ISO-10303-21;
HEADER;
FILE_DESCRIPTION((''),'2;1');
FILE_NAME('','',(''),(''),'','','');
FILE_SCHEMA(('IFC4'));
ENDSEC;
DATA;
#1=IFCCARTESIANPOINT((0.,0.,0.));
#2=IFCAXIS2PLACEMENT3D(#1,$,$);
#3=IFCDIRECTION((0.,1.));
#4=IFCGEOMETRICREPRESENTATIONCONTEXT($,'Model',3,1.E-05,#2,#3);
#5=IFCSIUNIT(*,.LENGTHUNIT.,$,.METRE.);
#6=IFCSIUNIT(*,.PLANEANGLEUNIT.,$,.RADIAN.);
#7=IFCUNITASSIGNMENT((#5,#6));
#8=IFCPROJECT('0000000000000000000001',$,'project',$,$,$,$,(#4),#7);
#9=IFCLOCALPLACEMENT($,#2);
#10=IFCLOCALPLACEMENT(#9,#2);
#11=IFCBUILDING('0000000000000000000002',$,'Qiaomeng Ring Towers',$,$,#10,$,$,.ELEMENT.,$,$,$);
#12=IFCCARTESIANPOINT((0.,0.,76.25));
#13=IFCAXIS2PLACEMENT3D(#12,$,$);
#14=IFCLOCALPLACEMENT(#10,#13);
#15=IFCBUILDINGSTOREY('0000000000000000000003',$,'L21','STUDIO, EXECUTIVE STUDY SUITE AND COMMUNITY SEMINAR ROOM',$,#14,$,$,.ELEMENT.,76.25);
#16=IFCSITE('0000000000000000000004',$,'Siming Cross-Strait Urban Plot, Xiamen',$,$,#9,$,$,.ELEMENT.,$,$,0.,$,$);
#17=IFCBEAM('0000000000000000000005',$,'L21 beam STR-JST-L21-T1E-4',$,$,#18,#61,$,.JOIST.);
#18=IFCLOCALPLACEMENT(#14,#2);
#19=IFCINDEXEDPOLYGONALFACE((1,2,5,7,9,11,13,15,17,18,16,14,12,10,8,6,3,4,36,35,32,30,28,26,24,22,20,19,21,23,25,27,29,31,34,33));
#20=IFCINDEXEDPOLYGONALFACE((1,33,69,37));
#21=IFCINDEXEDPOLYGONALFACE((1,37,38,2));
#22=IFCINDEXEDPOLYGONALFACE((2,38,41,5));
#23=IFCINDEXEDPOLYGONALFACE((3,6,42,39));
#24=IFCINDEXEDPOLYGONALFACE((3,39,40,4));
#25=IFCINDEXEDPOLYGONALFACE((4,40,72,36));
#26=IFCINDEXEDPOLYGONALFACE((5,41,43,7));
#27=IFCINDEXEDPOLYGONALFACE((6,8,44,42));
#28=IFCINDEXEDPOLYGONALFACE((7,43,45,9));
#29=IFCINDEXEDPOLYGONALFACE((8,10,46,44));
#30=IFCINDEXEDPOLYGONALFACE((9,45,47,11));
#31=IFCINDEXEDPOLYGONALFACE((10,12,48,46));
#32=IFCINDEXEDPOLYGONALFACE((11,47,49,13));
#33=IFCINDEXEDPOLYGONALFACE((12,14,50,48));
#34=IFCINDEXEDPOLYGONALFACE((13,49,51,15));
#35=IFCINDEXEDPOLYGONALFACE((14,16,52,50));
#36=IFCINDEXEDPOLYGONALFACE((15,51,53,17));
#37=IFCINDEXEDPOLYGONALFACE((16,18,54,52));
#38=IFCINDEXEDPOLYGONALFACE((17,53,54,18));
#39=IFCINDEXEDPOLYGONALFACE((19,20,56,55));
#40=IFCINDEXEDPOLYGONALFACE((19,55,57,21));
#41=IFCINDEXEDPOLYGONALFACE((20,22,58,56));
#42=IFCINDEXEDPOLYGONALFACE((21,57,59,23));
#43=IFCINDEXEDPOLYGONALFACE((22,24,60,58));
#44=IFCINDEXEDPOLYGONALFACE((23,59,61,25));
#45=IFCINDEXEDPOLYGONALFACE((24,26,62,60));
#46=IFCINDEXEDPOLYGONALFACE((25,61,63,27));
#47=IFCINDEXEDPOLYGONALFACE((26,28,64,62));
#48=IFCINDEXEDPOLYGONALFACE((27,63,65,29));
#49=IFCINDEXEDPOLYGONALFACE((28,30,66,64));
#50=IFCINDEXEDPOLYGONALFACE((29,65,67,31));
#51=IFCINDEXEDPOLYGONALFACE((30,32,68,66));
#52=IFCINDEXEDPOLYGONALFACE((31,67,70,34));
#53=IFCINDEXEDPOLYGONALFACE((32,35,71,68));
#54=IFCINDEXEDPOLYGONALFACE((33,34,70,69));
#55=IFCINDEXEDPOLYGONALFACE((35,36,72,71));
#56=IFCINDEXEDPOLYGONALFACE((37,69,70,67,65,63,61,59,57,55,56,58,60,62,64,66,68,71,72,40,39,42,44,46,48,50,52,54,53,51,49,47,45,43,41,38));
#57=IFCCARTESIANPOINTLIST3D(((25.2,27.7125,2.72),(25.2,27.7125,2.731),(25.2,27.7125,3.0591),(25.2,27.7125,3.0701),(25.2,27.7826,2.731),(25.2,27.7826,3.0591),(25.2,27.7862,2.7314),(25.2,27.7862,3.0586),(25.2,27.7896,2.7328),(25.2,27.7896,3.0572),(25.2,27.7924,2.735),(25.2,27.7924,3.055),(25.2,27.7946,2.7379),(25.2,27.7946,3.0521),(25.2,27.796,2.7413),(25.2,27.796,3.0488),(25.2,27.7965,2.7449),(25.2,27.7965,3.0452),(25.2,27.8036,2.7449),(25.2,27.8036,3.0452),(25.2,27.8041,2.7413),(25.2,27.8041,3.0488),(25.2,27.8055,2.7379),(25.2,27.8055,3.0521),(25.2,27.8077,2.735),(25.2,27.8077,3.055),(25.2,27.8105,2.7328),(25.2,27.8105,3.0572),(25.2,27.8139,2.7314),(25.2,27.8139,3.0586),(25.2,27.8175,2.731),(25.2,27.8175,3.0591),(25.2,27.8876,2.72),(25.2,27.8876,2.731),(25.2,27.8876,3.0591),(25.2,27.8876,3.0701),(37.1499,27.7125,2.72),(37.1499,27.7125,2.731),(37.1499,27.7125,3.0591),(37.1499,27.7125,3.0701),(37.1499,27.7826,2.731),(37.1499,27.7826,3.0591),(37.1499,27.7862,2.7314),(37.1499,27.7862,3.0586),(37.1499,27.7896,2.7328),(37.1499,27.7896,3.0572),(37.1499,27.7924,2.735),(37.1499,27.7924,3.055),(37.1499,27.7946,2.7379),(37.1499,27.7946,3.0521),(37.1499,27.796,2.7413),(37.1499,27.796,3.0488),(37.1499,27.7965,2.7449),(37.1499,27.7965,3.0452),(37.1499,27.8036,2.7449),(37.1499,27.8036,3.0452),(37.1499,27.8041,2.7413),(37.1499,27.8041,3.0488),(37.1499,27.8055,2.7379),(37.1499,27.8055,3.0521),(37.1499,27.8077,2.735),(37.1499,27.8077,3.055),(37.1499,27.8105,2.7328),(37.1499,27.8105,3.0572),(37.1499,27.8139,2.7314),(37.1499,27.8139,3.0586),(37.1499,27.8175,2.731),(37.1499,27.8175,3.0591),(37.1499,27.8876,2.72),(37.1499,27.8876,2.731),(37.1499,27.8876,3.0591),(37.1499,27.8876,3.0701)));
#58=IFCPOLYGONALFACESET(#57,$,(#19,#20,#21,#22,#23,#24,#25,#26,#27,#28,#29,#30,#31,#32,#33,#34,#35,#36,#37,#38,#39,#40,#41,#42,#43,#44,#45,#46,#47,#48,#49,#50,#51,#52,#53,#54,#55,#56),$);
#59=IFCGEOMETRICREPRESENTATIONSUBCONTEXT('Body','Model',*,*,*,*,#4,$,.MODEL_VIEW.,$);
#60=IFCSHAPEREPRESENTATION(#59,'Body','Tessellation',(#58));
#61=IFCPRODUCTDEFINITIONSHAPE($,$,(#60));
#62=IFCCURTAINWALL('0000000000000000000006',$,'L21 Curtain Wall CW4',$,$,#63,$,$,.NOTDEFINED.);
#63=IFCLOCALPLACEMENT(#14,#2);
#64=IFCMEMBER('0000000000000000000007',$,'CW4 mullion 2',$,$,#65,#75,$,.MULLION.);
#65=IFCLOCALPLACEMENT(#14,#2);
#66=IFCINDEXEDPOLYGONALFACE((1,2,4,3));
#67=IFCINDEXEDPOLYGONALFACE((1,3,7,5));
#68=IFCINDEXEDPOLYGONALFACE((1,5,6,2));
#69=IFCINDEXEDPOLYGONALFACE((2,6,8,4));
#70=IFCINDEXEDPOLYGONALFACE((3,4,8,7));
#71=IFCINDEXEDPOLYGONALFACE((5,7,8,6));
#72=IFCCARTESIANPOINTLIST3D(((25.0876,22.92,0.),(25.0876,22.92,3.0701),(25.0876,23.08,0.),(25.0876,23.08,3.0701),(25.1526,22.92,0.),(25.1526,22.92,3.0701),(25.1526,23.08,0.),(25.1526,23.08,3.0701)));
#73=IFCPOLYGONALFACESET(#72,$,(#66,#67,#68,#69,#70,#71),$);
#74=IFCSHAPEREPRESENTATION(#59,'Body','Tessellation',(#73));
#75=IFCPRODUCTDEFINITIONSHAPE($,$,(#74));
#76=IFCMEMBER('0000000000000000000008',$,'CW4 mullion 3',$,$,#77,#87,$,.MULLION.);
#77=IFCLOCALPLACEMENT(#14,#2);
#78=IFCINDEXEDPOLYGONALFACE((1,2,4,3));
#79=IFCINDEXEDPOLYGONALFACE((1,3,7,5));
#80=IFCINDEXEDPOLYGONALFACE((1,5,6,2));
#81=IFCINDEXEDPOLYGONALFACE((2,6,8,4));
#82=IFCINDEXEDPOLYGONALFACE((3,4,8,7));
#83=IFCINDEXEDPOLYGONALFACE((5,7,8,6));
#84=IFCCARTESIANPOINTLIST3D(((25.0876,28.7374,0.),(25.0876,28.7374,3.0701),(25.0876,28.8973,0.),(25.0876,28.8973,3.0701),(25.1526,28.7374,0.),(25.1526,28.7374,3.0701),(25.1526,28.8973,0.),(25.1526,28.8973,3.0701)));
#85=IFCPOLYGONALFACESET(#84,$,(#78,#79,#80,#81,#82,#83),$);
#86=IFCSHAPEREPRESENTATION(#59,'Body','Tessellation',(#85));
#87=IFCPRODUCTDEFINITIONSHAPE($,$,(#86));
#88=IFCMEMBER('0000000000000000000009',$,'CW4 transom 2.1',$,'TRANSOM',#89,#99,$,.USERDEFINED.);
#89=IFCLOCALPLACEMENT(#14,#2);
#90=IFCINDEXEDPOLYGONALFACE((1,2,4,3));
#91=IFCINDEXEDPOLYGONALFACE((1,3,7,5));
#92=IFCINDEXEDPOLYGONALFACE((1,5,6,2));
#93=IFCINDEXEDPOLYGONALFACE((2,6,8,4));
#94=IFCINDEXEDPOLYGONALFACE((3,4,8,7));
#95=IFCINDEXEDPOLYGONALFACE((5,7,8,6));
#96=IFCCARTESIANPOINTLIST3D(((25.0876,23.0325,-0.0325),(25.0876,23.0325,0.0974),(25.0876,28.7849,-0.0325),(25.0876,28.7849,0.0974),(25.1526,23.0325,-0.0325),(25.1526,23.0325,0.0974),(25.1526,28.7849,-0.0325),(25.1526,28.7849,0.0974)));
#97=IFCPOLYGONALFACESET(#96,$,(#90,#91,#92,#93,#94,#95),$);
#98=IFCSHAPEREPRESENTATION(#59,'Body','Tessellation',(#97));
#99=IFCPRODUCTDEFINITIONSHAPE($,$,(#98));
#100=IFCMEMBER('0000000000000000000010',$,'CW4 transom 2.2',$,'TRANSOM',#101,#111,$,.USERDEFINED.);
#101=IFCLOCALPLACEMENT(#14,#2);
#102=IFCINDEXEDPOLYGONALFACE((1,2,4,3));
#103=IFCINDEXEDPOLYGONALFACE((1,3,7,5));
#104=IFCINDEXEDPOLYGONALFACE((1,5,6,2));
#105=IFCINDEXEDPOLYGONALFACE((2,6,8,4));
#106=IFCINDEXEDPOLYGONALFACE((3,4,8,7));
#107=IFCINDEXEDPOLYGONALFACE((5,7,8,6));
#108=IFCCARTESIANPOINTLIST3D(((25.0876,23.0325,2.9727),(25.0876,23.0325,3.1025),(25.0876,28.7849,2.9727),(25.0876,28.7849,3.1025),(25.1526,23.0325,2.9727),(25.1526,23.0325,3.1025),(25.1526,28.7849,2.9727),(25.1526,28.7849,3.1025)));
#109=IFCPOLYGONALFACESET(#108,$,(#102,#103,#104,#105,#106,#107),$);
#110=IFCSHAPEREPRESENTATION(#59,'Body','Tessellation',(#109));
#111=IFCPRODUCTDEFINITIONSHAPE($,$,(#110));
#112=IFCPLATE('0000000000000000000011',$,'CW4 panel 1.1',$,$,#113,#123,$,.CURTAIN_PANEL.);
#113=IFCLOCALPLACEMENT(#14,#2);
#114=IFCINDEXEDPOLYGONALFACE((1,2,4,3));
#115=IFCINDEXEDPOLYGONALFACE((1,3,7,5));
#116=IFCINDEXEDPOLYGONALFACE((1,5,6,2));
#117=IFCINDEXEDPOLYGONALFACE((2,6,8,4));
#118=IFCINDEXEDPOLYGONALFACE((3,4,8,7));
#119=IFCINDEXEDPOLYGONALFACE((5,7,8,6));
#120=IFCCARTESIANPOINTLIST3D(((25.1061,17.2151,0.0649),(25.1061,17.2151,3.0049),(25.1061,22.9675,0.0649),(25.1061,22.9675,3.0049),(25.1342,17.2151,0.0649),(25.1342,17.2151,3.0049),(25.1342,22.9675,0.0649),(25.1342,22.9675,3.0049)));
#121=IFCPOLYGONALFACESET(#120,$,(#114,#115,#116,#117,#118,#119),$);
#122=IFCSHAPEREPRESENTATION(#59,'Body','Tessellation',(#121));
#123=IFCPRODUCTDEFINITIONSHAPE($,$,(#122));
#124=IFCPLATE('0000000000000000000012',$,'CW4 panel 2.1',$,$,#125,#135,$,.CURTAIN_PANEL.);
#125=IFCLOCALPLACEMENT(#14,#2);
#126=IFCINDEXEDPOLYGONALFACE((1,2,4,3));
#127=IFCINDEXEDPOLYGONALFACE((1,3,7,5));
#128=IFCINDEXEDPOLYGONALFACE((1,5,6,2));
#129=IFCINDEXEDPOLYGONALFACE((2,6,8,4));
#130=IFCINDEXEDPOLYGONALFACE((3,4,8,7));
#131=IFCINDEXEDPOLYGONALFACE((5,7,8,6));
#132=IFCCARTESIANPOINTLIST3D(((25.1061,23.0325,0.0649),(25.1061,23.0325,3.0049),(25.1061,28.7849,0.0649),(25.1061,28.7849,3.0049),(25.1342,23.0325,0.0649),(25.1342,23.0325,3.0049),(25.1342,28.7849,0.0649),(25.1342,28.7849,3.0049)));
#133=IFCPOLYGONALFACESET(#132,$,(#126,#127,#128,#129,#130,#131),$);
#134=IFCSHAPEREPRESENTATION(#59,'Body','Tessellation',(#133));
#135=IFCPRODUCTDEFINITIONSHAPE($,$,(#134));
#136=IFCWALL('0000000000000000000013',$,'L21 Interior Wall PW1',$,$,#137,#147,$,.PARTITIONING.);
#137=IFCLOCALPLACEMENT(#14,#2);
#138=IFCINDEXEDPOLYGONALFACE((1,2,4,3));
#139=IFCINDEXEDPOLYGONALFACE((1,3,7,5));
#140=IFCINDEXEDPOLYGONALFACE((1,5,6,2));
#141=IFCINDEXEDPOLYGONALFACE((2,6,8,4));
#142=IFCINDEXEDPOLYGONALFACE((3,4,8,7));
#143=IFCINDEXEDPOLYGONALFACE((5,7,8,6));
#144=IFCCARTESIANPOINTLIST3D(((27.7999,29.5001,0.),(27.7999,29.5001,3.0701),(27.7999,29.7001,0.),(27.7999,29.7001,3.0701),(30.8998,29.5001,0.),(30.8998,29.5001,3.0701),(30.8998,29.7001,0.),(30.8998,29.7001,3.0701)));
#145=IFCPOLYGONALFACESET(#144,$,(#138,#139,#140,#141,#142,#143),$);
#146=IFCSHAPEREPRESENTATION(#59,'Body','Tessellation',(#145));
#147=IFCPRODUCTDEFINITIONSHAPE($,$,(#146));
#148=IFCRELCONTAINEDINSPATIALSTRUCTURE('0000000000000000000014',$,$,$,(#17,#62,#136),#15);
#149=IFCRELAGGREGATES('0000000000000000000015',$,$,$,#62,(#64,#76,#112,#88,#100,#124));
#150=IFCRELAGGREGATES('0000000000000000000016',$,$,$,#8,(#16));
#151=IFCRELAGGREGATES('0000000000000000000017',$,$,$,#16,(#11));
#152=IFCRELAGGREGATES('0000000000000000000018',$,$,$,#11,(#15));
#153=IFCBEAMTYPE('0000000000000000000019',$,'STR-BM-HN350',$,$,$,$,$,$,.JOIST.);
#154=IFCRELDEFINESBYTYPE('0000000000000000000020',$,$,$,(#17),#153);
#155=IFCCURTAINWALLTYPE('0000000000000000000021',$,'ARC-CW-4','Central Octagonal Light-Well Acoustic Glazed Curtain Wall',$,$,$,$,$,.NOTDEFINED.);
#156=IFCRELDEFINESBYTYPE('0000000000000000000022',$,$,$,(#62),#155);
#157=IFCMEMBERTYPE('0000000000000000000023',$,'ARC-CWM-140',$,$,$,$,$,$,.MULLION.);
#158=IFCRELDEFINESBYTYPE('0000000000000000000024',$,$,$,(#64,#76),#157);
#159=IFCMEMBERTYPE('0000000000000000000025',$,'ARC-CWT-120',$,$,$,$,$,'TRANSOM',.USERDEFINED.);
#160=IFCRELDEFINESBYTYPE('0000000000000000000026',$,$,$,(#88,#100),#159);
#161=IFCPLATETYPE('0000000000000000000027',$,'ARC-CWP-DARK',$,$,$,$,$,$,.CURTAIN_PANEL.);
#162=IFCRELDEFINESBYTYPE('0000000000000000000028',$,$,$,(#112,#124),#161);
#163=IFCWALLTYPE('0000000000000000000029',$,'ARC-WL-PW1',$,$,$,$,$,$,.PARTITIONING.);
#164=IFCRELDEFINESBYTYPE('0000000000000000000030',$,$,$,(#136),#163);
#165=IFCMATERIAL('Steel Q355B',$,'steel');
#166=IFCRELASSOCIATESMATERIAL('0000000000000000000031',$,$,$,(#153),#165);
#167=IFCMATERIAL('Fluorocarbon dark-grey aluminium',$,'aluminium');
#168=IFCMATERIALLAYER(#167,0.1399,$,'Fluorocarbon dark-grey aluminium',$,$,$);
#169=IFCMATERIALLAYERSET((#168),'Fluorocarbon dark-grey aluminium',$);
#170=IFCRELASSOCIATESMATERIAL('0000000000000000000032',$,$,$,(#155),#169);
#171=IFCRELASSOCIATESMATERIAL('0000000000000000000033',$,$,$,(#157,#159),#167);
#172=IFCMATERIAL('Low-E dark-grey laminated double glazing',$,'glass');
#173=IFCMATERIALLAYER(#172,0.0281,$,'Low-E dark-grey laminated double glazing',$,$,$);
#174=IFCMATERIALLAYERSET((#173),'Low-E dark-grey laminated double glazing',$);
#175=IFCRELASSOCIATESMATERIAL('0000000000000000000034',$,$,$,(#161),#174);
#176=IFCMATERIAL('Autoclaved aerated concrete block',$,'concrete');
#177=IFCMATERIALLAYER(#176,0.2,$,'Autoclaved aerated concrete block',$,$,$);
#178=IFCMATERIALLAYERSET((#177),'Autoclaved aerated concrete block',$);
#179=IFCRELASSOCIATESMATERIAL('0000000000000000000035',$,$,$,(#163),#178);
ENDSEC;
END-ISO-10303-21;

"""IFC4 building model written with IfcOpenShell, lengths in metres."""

from ifc_helpers import new_model, si_unit, direction, frame, frame_2d, origin, origin_2d, place, context, subcontext, project, spatial, rectangle, i_section, extrude, source, transform, mapped, material, layer, layer_set, material_profile, profile_set, type_object, element, aggregate, save


model = new_model("IFC4")

# Units and contexts
model_context = context("Model", 3, precision=1e-05, world=origin(), true_north=direction((0.0, 1.0)))
body_context = subcontext(model_context, "Body", "Model", "MODEL_VIEW")
ifc_project = project(units=[si_unit("LENGTHUNIT", "METRE"), si_unit("PLANEANGLEUNIT", "RADIAN")], contexts=[model_context])

# Site, building, storey
site_placement = place(None, origin())
site = spatial("IfcSite", under=ifc_project, at=site_placement, Name="Siming Cross-Strait Urban Plot, Xiamen", CompositionType="ELEMENT", RefElevation=0.0)
building_placement = place(site_placement, origin())
building = spatial("IfcBuilding", under=site, at=building_placement, Name="Qiaomeng Ring Towers", CompositionType="ELEMENT")
storey_placement = place(building_placement, frame((0.0, 0.0, 76.25)))
storey = spatial("IfcBuildingStorey", under=building, at=storey_placement, Name="L21", Description="STUDIO, EXECUTIVE STUDY SUITE AND COMMUNITY SEMINAR ROOM", CompositionType="ELEMENT", Elevation=76.25)

# Beam
ifc_material_1 = material(Name="Steel Q355B", Category="steel")
ifc_material_profile_1 = material_profile(ifc_material_1, i_section(OverallWidth=0.175, OverallDepth=0.3501, WebThickness=0.0071, FlangeThickness=0.011, FilletRadius=0.0139, at=origin_2d()), Name="HN 350x175x7x11")
ifc_profile_set_1 = profile_set([ifc_material_profile_1], Name="Steel Q355B")
beam_type_1 = type_object("IfcBeamType", Name="STR-BM-HN350", PredefinedType="JOIST", material=ifc_profile_set_1)
shared_shape_1 = source(origin(), body_context, "Body", "SweptSolid", [
    extrude(i_section(OverallWidth=0.175, OverallDepth=0.3501, WebThickness=0.0071, FlangeThickness=0.011, FilletRadius=0.0139, at=origin_2d()), origin(), (0.0, 0.0, 1.0), 11.95),
])
for number, where, z_axis, x_axis, name in (
    (1, (25.2, 27.8, 2.895), (1.0, 0.0, 0.0), (0.0, 1.0, 0.0), "L21 beam STR-JST-L21-T1E-4"),
):
    element("IfcBeam", number, at=place(storey_placement, frame(where, z_axis=z_axis, x_axis=x_axis)), inside=storey, type_object=beam_type_1, Name=name, PredefinedType="JOIST", context=body_context, shape_type="MappedRepresentation", body=[
        mapped(shared_shape_1, transform((0.0, 0.0, 0.0), x_axis=(1.0, 0.0, 0.0), y_axis=(0.0, 1.0, 0.0), z_axis=(0.0, 0.0, 1.0), scale=1.0)),
    ])

# Curtain wall, members, plates
ifc_material_2 = material(Name="Fluorocarbon dark-grey aluminium", Category="aluminium")
ifc_layer_1 = layer(ifc_material_2, 0.1399, Name="Fluorocarbon dark-grey aluminium")
ifc_layer_set_1 = layer_set([ifc_layer_1], Name="Fluorocarbon dark-grey aluminium")
curtain_wall_type = type_object("IfcCurtainWallType", Name="ARC-CW-4", Description="Central Octagonal Light-Well Acoustic Glazed Curtain Wall", PredefinedType="NOTDEFINED", material=ifc_layer_set_1)
curtain_wall_placement = place(storey_placement, origin())
curtain_wall = element("IfcCurtainWall", 2, at=curtain_wall_placement, inside=storey, type_object=curtain_wall_type, Name="L21 Curtain Wall CW4", PredefinedType="NOTDEFINED")
ifc_material_profile_2 = material_profile(ifc_material_2, rectangle(XDim=0.0649, YDim=0.1599, at=origin_2d()), Name="ALU MULL 65x160")
ifc_profile_set_2 = profile_set([ifc_material_profile_2], Name="Fluorocarbon dark-grey aluminium")
member_type_1 = type_object("IfcMemberType", Name="ARC-CWM-140", PredefinedType="MULLION", material=ifc_profile_set_2)
shared_shape_2 = source(origin(), body_context, "Body", "SweptSolid", [
    extrude(rectangle(XDim=0.0649, YDim=0.1599, at=origin_2d()), origin(), (0.0, 0.0, 1.0), 3.0701),
])
member_1_placement = place(storey_placement, frame((25.1201, 23.0, 0.0), z_axis=(0.0, 0.0, 1.0), x_axis=(-1.0, 0.0, 0.0)))
member_1 = element("IfcMember", 3, at=member_1_placement, type_object=member_type_1, Name="CW4 mullion 2", PredefinedType="MULLION", context=body_context, shape_type="MappedRepresentation", body=[
    mapped(shared_shape_2, transform((0.0, 0.0, 0.0), x_axis=(1.0, 0.0, 0.0), y_axis=(0.0, 1.0, 0.0), z_axis=(0.0, 0.0, 1.0), scale=1.0)),
])
member_2_placement = place(storey_placement, frame((25.1201, 28.8174, 0.0), z_axis=(0.0, 0.0, 1.0), x_axis=(-1.0, 0.0, 0.0)))
member_2 = element("IfcMember", 4, at=member_2_placement, type_object=member_type_1, Name="CW4 mullion 3", PredefinedType="MULLION", context=body_context, shape_type="MappedRepresentation", body=[
    mapped(shared_shape_2, transform((0.0, 0.0, 0.0), x_axis=(1.0, 0.0, 0.0), y_axis=(0.0, 1.0, 0.0), z_axis=(0.0, 0.0, 1.0), scale=1.0)),
])
ifc_material_profile_3 = material_profile(ifc_material_2, rectangle(XDim=0.0649, YDim=0.1299, at=origin_2d()), Name="ALU TRAN 65x130")
ifc_profile_set_3 = profile_set([ifc_material_profile_3], Name="Fluorocarbon dark-grey aluminium")
member_type_2 = type_object("IfcMemberType", Name="ARC-CWT-120", ElementType="TRANSOM", PredefinedType="USERDEFINED", material=ifc_profile_set_3)
shared_shape_3 = source(origin(), body_context, "Body", "SweptSolid", [
    extrude(rectangle(XDim=0.0649, YDim=0.1299, at=origin_2d()), origin(), (0.0, 0.0, 1.0), 5.7524),
])
member_3_placement = place(storey_placement, frame((25.1201, 23.0325, 0.0325), z_axis=(0.0, 1.0, 0.0), x_axis=(-1.0, 0.0, 0.0)))
member_3 = element("IfcMember", 5, at=member_3_placement, type_object=member_type_2, Name="CW4 transom 2.1", ObjectType="TRANSOM", PredefinedType="USERDEFINED", context=body_context, shape_type="MappedRepresentation", body=[
    mapped(shared_shape_3, transform((0.0, 0.0, 0.0), x_axis=(1.0, 0.0, 0.0), y_axis=(0.0, 1.0, 0.0), z_axis=(0.0, 0.0, 1.0), scale=1.0)),
])
member_4_placement = place(storey_placement, frame((25.1201, 23.0325, 3.0376), z_axis=(0.0, 1.0, 0.0), x_axis=(-1.0, 0.0, 0.0)))
member_4 = element("IfcMember", 6, at=member_4_placement, type_object=member_type_2, Name="CW4 transom 2.2", ObjectType="TRANSOM", PredefinedType="USERDEFINED", context=body_context, shape_type="MappedRepresentation", body=[
    mapped(shared_shape_3, transform((0.0, 0.0, 0.0), x_axis=(1.0, 0.0, 0.0), y_axis=(0.0, 1.0, 0.0), z_axis=(0.0, 0.0, 1.0), scale=1.0)),
])
ifc_material_3 = material(Name="Low-E dark-grey laminated double glazing", Category="glass")
ifc_layer_2 = layer(ifc_material_3, 0.0281, Name="Low-E dark-grey laminated double glazing")
ifc_layer_set_2 = layer_set([ifc_layer_2], Name="Low-E dark-grey laminated double glazing")
plate_type = type_object("IfcPlateType", Name="ARC-CWP-DARK", PredefinedType="CURTAIN_PANEL", material=ifc_layer_set_2)
shared_shape_4 = source(origin(), body_context, "Body", "SweptSolid", [
    extrude(rectangle(XDim=5.7524, YDim=0.0281, at=origin_2d()), origin(), (0.0, 0.0, 1.0), 2.9399),
])
plate_1_placement = place(storey_placement, frame((25.1201, 20.0913, 0.0649), z_axis=(0.0, 0.0, 1.0), x_axis=(0.0, 1.0, 0.0)))
plate_1 = element("IfcPlate", 7, at=plate_1_placement, type_object=plate_type, Name="CW4 panel 1.1", PredefinedType="CURTAIN_PANEL", context=body_context, shape_type="MappedRepresentation", body=[
    mapped(shared_shape_4, transform((0.0, 0.0, 0.0), x_axis=(1.0, 0.0, 0.0), y_axis=(0.0, 1.0, 0.0), z_axis=(0.0, 0.0, 1.0), scale=1.0)),
])
plate_2_placement = place(storey_placement, frame((25.1201, 25.9087, 0.0649), z_axis=(0.0, 0.0, 1.0), x_axis=(0.0, 1.0, 0.0)))
plate_2 = element("IfcPlate", 8, at=plate_2_placement, type_object=plate_type, Name="CW4 panel 2.1", PredefinedType="CURTAIN_PANEL", context=body_context, shape_type="MappedRepresentation", body=[
    mapped(shared_shape_4, transform((0.0, 0.0, 0.0), x_axis=(1.0, 0.0, 0.0), y_axis=(0.0, 1.0, 0.0), z_axis=(0.0, 0.0, 1.0), scale=1.0)),
])
aggregate(curtain_wall, [member_1, member_2, plate_1, member_3, member_4, plate_2])

# Wall
ifc_material_4 = material(Name="Autoclaved aerated concrete block", Category="concrete")
ifc_layer_3 = layer(ifc_material_4, 0.2, Name="Autoclaved aerated concrete block")
ifc_layer_set_3 = layer_set([ifc_layer_3], Name="Autoclaved aerated concrete block")
wall_type_1 = type_object("IfcWallType", Name="ARC-WL-PW1", PredefinedType="PARTITIONING", material=ifc_layer_set_3)
wall_1_placement = place(storey_placement, frame((27.8, 29.6001, 0.0), z_axis=(0.0, 0.0, 1.0), x_axis=(1.0, 0.0, 0.0)))
element("IfcWall", 9, at=wall_1_placement, inside=storey, type_object=wall_type_1, Name="L21 Interior Wall PW1", PredefinedType="PARTITIONING", context=body_context, shape_type="SweptSolid", body=[
    extrude(rectangle(XDim=3.0999, YDim=0.2, at=frame_2d((1.5498, 0.0))), origin(), (0.0, 0.0, 1.0), 3.0701),
])

save(model, "model.ifc")
